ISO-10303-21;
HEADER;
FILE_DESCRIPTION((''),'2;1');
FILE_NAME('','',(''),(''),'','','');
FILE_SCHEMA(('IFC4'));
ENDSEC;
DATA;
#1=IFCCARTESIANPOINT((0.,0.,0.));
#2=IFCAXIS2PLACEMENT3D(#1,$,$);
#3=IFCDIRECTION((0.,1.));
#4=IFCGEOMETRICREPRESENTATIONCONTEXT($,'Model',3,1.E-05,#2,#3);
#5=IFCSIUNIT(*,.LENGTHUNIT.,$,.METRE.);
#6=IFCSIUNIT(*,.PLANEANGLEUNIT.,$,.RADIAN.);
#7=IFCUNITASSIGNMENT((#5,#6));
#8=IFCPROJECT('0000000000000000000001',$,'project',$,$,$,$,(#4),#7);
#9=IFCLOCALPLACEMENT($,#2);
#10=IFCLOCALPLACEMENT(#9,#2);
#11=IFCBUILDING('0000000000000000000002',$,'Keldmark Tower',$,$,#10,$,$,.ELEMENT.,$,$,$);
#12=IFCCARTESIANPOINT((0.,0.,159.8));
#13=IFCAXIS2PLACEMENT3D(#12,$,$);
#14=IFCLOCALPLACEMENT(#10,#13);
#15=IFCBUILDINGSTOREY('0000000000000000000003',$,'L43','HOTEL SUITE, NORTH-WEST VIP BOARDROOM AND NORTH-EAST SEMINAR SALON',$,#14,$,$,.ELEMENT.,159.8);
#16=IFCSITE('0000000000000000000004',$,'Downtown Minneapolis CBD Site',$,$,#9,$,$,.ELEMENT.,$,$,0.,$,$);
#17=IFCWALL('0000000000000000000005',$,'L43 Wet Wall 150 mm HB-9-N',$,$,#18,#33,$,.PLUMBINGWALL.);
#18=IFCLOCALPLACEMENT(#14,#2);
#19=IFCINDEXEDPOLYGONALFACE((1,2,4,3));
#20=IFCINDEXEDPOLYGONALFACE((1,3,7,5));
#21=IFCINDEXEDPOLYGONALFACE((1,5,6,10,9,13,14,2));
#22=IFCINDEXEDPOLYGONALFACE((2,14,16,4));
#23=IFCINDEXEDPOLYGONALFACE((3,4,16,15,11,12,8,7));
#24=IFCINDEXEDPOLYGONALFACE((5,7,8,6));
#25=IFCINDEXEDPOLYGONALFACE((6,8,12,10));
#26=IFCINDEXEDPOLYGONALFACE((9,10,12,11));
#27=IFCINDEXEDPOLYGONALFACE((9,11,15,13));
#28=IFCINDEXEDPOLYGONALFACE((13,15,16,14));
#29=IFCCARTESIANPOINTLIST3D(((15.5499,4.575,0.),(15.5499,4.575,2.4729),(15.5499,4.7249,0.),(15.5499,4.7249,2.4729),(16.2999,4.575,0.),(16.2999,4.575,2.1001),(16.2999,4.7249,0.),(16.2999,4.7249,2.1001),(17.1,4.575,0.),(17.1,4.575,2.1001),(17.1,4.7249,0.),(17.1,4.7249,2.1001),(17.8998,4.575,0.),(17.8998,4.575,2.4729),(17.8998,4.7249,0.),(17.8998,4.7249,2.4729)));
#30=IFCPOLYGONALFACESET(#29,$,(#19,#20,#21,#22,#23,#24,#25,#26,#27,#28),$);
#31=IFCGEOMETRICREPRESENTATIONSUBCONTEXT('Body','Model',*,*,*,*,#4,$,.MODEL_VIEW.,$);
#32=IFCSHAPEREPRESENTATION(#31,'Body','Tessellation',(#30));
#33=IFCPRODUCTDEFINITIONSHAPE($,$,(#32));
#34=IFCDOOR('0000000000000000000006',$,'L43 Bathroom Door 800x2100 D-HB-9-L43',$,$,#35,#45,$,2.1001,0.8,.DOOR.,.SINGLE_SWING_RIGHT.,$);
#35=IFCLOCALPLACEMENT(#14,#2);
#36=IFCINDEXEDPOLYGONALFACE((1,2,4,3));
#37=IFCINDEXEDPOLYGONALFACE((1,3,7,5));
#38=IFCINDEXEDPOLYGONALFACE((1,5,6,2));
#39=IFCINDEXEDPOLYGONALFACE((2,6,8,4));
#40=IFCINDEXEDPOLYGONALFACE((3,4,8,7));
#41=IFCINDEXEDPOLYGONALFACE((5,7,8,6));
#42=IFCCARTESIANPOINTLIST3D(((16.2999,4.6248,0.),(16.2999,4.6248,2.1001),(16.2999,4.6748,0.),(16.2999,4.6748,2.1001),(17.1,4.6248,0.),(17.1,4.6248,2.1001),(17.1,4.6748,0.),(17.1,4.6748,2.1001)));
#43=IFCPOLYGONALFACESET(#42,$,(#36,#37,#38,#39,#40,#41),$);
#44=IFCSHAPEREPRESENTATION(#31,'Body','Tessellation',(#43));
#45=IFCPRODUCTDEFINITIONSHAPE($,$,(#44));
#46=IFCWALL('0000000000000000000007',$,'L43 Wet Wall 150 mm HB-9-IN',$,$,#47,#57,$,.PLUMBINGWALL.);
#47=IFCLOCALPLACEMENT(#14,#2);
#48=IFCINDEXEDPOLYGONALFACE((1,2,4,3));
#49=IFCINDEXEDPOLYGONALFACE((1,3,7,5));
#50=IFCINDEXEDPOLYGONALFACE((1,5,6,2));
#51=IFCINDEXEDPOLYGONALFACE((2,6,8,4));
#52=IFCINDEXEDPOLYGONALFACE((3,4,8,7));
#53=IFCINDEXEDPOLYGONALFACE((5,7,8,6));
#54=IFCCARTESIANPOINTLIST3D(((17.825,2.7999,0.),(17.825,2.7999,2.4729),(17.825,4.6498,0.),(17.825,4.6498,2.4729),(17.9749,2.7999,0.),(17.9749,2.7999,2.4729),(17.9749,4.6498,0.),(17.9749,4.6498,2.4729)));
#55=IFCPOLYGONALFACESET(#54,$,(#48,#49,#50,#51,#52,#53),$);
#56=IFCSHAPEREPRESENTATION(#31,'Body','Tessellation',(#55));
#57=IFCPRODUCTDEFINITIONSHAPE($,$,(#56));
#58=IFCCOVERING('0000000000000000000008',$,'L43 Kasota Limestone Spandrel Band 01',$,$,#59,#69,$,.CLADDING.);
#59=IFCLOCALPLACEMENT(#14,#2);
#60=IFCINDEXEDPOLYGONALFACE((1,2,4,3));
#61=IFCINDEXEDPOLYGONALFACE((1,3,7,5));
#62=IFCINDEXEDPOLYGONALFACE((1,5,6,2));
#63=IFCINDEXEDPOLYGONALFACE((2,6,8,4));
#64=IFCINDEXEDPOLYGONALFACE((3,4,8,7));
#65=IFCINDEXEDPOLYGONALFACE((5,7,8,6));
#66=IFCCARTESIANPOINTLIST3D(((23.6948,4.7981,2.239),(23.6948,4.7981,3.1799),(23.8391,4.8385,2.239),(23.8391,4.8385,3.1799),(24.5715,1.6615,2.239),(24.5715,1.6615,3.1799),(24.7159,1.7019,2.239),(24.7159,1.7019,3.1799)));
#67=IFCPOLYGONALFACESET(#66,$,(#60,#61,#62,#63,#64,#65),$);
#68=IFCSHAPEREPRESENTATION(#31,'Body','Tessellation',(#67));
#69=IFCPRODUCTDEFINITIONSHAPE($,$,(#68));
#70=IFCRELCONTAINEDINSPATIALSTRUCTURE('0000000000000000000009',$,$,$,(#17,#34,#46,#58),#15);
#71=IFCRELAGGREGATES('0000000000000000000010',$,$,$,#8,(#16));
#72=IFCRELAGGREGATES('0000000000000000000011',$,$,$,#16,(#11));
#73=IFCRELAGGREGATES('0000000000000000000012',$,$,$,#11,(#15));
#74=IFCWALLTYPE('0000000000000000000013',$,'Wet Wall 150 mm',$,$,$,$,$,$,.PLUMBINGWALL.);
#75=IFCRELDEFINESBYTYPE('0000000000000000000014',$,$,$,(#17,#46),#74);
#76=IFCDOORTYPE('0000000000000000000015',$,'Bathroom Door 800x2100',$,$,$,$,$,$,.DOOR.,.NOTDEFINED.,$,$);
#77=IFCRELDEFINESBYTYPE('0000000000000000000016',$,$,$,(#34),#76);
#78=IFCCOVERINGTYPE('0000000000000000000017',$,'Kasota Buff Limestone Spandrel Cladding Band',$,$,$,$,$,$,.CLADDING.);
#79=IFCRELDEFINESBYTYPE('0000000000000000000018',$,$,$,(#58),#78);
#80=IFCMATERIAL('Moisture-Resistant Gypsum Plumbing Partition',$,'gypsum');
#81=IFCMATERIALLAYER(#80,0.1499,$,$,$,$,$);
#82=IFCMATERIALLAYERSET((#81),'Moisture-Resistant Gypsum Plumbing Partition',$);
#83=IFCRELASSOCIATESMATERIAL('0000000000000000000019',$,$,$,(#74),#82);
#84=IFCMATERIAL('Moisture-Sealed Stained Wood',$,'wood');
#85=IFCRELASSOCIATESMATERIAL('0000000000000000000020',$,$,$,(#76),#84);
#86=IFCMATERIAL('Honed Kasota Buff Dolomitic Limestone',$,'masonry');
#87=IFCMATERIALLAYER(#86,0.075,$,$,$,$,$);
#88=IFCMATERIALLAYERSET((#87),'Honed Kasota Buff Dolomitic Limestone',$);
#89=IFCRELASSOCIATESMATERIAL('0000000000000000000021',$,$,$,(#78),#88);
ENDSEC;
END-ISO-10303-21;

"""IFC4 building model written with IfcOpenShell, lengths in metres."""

from ifc_helpers import new_model, si_unit, direction, frame, frame_2d, origin, origin_2d, place, context, subcontext, project, spatial, rectangle, extrude, material, layer, layer_set, type_object, element, fill, save


model = new_model("IFC4")

# Units and contexts
model_context = context("Model", 3, precision=1e-05, world=origin(), true_north=direction((0.0, 1.0)))
body_context = subcontext(model_context, "Body", "Model", "MODEL_VIEW")
ifc_project = project(units=[si_unit("LENGTHUNIT", "METRE"), si_unit("PLANEANGLEUNIT", "RADIAN")], contexts=[model_context])

# Site, building, storey
site_placement = place(None, origin())
site = spatial("IfcSite", under=ifc_project, at=site_placement, Name="Downtown Minneapolis CBD Site", CompositionType="ELEMENT", RefElevation=0.0)
building_placement = place(site_placement, origin())
building = spatial("IfcBuilding", under=site, at=building_placement, Name="Keldmark Tower", CompositionType="ELEMENT")
storey_placement = place(building_placement, frame((0.0, 0.0, 159.8)))
storey = spatial("IfcBuildingStorey", under=building, at=storey_placement, Name="L43", Description="HOTEL SUITE, NORTH-WEST VIP BOARDROOM AND NORTH-EAST SEMINAR SALON", CompositionType="ELEMENT", Elevation=159.8)

# Shared definitions
ifc_material_1 = material(Name="Moisture-Resistant Gypsum Plumbing Partition", Category="gypsum")
ifc_layer_1 = layer(ifc_material_1, 0.1499)
ifc_layer_set_1 = layer_set([ifc_layer_1], Name="Moisture-Resistant Gypsum Plumbing Partition")
wall_type_1 = type_object("IfcWallType", Name="Wet Wall 150 mm", PredefinedType="PLUMBINGWALL", material=ifc_layer_set_1)

# Wall, opening, door
wall_1_placement = place(storey_placement, frame((15.55, 4.6499, 0.0), z_axis=(0.0, 0.0, 1.0), x_axis=(1.0, 0.0, 0.0)))
wall_1 = element("IfcWall", 1, at=wall_1_placement, inside=storey, type_object=wall_type_1, Name="L43 Wet Wall 150 mm HB-9-N", PredefinedType="PLUMBINGWALL", context=body_context, shape_type="SweptSolid", body=[
    extrude(rectangle(XDim=2.3499, YDim=0.1499, at=frame_2d((1.1748, 0.0))), origin(), (0.0, 0.0, 1.0), 2.4729),
])
opening_1_placement = place(wall_1_placement, frame((0.75, 0.0, 0.0)))
opening_1 = element("IfcOpeningElement", 2, at=opening_1_placement, cuts=wall_1, PredefinedType="OPENING", context=body_context, shape_type="SweptSolid", body=[
    extrude(rectangle(XDim=0.8, YDim=2.1001, at=frame_2d((0.3999, 1.05))), frame((0.0, 0.085, 0.0), z_axis=(0.0, -1.0, 0.0), x_axis=(1.0, 0.0, 0.0)), (0.0, 0.0, 1.0), 0.1699),
])
ifc_material_2 = material(Name="Moisture-Sealed Stained Wood", Category="wood")
door_type_1 = type_object("IfcDoorType", Name="Bathroom Door 800x2100", OperationType="NOTDEFINED", PredefinedType="DOOR", material=ifc_material_2)
door_1_placement = place(opening_1_placement, origin())
door_1 = element("IfcDoor", 3, at=door_1_placement, inside=storey, type_object=door_type_1, Name="L43 Bathroom Door 800x2100 D-HB-9-L43", OperationType="SINGLE_SWING_RIGHT", OverallHeight=2.1001, OverallWidth=0.8, PredefinedType="DOOR", context=body_context, shape_type="SweptSolid", body=[
    extrude(rectangle(XDim=0.8, YDim=2.1001, at=frame_2d((0.3999, 1.05))), frame((0.0, 0.0249, 0.0), z_axis=(0.0, -1.0, 0.0), x_axis=(1.0, 0.0, 0.0)), (0.0, 0.0, 1.0), 0.05),
])
fill(opening_1, door_1)

# Wall
wall_2_placement = place(storey_placement, frame((17.8999, 2.8, 0.0), z_axis=(0.0, 0.0, 1.0), x_axis=(0.0, 1.0, 0.0)))
element("IfcWall", 4, at=wall_2_placement, inside=storey, type_object=wall_type_1, Name="L43 Wet Wall 150 mm HB-9-IN", PredefinedType="PLUMBINGWALL", context=body_context, shape_type="SweptSolid", body=[
    extrude(rectangle(XDim=1.8499, YDim=0.1499, at=frame_2d((0.9248, 0.0))), origin(), (0.0, 0.0, 1.0), 2.4729),
])

# Covering
ifc_material_3 = material(Name="Honed Kasota Buff Dolomitic Limestone", Category="masonry")
ifc_layer_2 = layer(ifc_material_3, 0.075)
ifc_layer_set_2 = layer_set([ifc_layer_2], Name="Honed Kasota Buff Dolomitic Limestone")
covering_type = type_object("IfcCoveringType", Name="Kasota Buff Limestone Spandrel Cladding Band", PredefinedType="CLADDING", material=ifc_layer_set_2)
covering_placement = place(storey_placement, frame((24.2053, 3.25, 2.239), z_axis=(0.0, 0.0, 1.0), x_axis=(-0.269206, 0.963083, 0.0)))
element("IfcCovering", 5, at=covering_placement, inside=storey, type_object=covering_type, Name="L43 Kasota Limestone Spandrel Band 01", PredefinedType="CLADDING", context=body_context, shape_type="SweptSolid", body=[
    extrude(rectangle(XDim=3.2568, YDim=0.1499, at=origin_2d()), origin(), (0.0, 0.0, 1.0), 0.9409),
])

save(model, "model.ifc")
